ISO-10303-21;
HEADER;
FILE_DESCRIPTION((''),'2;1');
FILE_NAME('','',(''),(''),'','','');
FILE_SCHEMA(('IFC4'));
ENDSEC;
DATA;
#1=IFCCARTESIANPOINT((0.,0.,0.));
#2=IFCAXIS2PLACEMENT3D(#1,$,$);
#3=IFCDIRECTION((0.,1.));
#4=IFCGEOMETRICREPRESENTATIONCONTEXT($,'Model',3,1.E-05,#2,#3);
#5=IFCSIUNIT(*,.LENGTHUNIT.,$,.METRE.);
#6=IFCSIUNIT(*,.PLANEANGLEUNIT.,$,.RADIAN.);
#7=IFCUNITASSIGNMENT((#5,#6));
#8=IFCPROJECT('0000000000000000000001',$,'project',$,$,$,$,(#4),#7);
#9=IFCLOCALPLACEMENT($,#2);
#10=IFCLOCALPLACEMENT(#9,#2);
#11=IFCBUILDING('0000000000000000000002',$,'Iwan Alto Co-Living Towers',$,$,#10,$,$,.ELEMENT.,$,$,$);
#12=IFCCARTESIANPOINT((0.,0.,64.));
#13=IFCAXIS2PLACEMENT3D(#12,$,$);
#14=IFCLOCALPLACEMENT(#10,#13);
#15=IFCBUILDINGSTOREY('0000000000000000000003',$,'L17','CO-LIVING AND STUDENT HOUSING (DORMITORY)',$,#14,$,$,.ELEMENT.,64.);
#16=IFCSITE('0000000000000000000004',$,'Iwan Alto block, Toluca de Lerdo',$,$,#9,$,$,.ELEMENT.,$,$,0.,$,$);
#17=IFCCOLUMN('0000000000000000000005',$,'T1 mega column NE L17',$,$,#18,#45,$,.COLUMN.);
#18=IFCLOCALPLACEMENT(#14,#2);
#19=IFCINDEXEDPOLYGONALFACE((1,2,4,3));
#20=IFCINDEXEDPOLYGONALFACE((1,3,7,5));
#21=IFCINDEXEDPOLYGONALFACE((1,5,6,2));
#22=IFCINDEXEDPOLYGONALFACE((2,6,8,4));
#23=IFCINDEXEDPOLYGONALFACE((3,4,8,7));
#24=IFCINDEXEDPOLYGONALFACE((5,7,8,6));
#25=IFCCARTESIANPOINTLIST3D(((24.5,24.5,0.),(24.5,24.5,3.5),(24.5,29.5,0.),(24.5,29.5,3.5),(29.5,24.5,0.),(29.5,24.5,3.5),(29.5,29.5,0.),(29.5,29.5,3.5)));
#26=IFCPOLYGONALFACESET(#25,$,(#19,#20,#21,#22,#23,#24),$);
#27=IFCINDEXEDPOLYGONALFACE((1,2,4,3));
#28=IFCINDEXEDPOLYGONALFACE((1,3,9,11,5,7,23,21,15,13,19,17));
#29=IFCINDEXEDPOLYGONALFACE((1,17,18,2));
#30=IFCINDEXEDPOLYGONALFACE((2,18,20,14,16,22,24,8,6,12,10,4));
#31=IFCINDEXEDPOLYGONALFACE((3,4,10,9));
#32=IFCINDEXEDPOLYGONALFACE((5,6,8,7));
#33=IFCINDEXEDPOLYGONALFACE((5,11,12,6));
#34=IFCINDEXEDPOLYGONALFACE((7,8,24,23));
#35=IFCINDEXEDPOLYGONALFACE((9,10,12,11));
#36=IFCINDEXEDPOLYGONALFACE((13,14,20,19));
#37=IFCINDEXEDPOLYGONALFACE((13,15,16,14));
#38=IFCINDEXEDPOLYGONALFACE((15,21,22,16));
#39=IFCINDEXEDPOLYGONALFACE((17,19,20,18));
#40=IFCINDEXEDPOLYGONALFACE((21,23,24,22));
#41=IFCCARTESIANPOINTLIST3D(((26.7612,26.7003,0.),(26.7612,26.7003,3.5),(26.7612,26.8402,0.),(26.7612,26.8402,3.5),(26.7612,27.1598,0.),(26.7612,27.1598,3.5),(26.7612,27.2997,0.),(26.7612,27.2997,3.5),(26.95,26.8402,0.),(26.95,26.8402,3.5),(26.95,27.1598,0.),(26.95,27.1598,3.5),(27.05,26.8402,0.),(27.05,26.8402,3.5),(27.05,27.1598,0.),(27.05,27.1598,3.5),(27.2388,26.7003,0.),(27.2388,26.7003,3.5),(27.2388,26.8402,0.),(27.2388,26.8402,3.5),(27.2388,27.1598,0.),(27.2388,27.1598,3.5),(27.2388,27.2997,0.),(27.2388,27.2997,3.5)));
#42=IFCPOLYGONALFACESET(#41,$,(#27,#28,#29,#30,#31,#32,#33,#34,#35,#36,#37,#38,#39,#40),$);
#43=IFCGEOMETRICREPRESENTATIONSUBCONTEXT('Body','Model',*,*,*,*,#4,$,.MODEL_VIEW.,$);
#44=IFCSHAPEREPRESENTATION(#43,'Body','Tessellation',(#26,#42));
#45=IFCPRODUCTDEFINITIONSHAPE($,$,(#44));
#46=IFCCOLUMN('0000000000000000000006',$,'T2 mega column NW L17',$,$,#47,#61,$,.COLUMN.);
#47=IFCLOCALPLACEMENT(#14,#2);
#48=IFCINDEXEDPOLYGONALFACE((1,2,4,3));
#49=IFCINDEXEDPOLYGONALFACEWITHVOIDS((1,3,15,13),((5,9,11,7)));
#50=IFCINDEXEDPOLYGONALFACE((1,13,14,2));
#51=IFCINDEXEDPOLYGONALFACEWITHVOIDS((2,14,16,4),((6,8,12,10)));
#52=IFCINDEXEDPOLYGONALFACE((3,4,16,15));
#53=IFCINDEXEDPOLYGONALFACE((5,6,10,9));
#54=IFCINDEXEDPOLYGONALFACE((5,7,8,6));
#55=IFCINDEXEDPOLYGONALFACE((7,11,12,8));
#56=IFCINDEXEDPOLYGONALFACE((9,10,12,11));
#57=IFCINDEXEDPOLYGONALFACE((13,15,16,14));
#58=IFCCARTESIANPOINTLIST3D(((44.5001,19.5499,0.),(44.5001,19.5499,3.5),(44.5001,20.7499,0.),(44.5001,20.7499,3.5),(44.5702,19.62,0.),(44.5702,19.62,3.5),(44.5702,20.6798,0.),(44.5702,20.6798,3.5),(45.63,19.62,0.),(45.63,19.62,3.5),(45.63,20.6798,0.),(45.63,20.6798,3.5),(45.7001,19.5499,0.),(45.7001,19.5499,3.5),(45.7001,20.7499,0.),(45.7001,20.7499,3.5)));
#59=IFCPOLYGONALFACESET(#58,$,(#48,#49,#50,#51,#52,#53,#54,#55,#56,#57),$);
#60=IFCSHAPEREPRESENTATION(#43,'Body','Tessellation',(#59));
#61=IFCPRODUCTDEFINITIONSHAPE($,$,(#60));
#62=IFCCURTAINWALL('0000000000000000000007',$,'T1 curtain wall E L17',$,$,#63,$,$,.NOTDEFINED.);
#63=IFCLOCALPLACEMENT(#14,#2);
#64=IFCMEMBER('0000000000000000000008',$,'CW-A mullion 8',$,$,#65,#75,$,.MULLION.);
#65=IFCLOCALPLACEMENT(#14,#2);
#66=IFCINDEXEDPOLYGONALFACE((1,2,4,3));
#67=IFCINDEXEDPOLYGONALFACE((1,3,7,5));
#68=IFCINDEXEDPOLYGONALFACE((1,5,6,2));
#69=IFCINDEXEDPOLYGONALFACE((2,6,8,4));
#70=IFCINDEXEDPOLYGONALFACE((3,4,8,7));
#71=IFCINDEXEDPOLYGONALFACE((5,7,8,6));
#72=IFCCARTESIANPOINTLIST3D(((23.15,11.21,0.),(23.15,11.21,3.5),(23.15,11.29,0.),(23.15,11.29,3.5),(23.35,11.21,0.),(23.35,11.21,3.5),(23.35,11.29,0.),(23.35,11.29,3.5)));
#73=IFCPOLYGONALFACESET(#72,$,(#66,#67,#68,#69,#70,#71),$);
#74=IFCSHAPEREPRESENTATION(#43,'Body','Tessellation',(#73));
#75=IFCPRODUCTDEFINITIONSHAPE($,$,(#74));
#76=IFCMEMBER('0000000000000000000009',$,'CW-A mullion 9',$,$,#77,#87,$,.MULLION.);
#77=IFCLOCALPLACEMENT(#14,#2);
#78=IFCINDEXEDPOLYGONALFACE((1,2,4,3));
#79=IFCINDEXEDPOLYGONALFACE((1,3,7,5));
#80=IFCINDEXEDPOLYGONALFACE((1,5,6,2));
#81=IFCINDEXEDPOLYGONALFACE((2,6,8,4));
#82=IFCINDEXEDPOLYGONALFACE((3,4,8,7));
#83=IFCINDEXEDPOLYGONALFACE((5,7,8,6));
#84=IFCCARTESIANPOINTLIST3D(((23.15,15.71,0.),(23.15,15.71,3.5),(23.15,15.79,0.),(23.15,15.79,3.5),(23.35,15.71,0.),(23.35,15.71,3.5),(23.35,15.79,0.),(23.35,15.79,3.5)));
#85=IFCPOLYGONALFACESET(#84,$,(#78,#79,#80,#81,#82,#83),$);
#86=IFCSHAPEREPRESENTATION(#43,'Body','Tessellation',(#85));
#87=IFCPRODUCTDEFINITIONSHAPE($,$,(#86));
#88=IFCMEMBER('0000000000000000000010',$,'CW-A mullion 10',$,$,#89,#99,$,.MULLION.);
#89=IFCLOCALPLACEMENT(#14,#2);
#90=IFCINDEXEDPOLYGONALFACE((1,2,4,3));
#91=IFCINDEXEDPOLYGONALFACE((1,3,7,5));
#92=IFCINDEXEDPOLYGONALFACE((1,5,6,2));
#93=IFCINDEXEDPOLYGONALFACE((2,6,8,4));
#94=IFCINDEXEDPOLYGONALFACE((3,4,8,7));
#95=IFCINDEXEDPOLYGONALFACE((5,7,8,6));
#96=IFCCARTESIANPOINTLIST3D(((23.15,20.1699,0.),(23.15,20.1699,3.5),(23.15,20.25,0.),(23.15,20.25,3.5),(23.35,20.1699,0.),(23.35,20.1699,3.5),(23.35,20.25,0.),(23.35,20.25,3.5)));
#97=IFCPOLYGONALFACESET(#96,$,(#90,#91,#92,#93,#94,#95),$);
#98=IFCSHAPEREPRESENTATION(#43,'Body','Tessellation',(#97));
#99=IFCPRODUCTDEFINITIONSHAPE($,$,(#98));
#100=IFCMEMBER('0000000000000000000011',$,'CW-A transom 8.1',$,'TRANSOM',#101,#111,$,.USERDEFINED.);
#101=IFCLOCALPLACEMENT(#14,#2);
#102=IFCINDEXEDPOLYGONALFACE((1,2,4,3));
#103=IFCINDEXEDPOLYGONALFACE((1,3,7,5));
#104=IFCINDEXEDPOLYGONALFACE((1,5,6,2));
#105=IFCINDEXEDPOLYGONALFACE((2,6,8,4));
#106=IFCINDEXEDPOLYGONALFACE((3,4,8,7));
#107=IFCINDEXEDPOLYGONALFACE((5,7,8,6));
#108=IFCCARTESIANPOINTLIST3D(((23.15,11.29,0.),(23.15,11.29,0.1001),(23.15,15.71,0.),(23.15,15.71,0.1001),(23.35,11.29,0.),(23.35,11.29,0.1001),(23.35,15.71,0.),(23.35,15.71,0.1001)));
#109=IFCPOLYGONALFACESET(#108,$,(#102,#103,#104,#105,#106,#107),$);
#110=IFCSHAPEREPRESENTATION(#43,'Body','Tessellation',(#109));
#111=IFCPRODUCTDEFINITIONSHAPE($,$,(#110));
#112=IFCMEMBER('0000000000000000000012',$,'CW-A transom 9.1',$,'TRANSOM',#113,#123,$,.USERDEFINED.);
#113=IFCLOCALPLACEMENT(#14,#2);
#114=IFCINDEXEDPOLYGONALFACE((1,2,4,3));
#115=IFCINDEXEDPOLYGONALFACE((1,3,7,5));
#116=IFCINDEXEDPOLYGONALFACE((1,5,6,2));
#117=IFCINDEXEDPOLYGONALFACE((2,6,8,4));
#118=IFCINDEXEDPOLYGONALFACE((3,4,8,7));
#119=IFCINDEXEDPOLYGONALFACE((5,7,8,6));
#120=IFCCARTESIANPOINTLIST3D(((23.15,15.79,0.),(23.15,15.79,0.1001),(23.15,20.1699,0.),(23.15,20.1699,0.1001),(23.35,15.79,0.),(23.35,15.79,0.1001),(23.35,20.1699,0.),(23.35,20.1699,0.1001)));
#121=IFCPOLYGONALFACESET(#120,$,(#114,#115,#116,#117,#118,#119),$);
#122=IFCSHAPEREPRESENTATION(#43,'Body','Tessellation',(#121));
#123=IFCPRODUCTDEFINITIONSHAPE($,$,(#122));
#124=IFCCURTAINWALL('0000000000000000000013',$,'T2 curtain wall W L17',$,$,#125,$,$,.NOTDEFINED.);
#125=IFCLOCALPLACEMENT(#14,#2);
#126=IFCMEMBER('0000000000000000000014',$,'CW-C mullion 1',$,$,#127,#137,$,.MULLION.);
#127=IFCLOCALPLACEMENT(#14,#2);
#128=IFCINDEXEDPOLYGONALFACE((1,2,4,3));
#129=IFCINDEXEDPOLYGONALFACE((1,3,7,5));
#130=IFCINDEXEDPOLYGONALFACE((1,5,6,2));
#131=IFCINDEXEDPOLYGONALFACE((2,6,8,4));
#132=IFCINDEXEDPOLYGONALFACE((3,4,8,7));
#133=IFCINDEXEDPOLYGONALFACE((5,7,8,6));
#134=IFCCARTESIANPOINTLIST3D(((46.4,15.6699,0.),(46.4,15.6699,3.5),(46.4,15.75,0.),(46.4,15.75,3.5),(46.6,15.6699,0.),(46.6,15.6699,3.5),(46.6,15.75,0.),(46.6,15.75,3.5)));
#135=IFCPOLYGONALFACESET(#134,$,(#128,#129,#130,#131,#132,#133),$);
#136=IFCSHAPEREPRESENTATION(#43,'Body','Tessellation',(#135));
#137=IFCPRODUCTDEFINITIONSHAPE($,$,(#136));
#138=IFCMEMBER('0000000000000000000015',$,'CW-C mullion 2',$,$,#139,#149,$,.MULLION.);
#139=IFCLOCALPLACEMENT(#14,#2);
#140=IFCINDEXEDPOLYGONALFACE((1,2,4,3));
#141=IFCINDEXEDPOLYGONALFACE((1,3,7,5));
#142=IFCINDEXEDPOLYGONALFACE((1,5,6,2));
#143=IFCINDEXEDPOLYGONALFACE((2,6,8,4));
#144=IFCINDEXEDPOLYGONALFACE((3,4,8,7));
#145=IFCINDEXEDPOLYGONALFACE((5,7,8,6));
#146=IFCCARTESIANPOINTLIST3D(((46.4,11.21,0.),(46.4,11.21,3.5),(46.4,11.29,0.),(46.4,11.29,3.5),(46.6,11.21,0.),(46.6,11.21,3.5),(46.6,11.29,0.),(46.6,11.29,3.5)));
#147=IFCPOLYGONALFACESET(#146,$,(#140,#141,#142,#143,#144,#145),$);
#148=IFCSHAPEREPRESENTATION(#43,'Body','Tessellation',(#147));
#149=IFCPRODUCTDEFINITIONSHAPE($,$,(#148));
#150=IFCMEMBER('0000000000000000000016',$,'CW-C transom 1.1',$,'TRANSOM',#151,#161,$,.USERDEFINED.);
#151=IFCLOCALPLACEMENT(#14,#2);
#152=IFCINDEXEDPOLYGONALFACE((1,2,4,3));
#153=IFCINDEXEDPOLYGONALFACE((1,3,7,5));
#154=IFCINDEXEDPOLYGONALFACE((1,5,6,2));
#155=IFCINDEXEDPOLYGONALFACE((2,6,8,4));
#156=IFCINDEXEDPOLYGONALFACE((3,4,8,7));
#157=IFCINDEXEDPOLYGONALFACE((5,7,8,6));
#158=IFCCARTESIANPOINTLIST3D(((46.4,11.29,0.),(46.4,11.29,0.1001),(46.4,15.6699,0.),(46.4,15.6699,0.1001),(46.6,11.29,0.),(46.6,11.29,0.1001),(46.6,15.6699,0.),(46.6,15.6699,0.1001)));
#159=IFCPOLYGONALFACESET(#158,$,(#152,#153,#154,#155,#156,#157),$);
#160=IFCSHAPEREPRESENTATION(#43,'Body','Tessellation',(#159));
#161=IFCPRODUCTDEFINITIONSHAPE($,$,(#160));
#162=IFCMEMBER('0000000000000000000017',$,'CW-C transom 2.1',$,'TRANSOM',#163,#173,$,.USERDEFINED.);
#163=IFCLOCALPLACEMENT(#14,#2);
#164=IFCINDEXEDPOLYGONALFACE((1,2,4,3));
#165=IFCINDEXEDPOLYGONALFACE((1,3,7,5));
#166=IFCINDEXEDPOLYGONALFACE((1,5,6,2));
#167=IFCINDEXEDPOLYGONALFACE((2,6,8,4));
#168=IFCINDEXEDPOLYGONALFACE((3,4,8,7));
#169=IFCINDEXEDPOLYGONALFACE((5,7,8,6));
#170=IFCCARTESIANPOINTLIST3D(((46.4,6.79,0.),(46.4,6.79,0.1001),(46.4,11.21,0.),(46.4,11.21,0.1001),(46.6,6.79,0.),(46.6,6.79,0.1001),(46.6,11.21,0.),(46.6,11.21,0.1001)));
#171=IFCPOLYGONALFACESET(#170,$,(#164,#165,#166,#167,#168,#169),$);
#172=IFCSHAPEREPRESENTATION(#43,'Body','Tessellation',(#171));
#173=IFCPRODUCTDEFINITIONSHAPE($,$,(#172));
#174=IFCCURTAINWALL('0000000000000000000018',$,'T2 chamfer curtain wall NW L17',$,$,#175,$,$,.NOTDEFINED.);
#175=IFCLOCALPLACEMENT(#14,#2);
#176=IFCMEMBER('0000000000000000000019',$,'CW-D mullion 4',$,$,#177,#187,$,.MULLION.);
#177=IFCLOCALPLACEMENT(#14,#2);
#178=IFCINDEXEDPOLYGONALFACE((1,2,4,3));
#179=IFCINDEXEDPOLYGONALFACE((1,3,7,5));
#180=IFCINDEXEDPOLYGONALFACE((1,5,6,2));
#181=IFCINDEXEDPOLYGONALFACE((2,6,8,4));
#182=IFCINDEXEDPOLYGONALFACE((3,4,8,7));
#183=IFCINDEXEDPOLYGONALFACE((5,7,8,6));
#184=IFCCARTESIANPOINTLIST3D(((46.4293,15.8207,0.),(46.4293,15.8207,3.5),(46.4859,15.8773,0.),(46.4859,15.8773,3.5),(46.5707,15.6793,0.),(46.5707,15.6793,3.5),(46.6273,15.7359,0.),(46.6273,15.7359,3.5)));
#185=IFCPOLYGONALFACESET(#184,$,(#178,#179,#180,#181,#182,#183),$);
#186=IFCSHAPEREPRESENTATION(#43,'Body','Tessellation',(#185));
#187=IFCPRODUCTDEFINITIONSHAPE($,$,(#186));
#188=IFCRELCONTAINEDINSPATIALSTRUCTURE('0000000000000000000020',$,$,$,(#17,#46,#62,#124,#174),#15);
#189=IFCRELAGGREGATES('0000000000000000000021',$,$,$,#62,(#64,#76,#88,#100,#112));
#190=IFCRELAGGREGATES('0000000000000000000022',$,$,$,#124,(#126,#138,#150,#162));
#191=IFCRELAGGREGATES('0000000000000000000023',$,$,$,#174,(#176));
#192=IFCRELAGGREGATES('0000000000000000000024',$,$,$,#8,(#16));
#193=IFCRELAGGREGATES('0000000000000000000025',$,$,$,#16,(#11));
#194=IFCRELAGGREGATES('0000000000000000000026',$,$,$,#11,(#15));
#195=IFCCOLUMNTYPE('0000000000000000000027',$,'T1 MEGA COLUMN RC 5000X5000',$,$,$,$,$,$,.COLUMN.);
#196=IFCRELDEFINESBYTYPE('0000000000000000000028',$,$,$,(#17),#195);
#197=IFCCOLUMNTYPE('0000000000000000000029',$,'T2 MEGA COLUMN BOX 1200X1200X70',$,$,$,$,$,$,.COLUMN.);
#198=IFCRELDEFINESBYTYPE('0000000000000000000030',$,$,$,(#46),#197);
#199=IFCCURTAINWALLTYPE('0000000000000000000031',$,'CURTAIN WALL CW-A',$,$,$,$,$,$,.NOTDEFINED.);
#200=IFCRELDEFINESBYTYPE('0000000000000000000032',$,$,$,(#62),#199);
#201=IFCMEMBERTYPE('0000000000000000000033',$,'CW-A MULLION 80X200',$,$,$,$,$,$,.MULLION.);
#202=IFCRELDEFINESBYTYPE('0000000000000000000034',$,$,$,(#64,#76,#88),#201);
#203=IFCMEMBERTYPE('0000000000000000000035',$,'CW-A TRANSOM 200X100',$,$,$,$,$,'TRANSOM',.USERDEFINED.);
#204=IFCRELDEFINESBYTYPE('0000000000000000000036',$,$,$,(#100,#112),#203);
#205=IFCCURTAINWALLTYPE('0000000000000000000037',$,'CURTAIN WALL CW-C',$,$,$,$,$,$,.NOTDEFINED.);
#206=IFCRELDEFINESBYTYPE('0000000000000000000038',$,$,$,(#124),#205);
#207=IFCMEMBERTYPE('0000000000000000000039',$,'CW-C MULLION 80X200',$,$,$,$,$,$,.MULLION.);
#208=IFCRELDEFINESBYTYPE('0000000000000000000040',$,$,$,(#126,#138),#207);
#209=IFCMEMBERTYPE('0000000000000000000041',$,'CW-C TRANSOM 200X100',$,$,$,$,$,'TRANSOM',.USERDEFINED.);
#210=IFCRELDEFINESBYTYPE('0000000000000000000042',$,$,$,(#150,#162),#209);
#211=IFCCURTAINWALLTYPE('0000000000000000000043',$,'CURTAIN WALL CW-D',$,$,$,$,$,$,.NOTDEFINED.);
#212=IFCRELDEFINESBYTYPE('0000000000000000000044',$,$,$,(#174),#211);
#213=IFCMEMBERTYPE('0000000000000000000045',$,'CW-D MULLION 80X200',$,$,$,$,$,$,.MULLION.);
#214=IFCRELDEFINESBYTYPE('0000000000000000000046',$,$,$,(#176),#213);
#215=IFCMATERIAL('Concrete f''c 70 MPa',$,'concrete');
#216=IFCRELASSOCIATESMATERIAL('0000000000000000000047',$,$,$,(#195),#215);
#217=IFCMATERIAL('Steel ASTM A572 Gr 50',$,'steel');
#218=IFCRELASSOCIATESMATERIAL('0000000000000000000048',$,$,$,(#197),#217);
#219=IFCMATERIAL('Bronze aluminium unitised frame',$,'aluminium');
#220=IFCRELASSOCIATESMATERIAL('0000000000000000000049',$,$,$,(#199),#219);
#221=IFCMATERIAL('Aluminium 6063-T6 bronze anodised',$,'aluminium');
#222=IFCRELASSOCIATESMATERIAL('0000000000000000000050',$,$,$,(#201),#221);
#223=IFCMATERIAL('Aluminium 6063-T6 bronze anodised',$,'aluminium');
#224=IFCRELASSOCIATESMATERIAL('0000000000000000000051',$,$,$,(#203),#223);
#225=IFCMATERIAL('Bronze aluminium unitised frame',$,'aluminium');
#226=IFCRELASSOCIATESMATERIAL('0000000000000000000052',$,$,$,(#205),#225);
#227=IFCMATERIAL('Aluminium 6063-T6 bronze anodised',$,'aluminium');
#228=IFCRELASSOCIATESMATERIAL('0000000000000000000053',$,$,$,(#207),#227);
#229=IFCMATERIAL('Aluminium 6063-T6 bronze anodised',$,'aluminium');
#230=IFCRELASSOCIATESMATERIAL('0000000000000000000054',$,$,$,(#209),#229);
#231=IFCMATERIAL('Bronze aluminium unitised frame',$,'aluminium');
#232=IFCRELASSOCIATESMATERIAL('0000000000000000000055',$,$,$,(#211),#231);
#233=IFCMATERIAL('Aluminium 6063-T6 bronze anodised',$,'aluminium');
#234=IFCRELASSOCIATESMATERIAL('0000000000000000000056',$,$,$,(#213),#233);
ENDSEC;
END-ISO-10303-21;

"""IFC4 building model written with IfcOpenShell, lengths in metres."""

from ifc_helpers import new_model, si_unit, direction, frame, origin, origin_2d, place, context, subcontext, project, spatial, rectangle, hollow_rectangle, i_section, extrude, material, material_profile, profile_set, type_object, element, aggregate, save


model = new_model("IFC4")

# Units and contexts
model_context = context("Model", 3, precision=1e-05, world=origin(), true_north=direction((0.0, 1.0)))
body_context = subcontext(model_context, "Body", "Model", "MODEL_VIEW")
ifc_project = project(units=[si_unit("LENGTHUNIT", "METRE"), si_unit("PLANEANGLEUNIT", "RADIAN")], contexts=[model_context])

# Site, building, storey
site_placement = place(None, origin())
site = spatial("IfcSite", under=ifc_project, at=site_placement, Name="Iwan Alto block, Toluca de Lerdo", CompositionType="ELEMENT", RefElevation=0.0)
building_placement = place(site_placement, origin())
building = spatial("IfcBuilding", under=site, at=building_placement, Name="Iwan Alto Co-Living Towers", CompositionType="ELEMENT")
storey_placement = place(building_placement, frame((0.0, 0.0, 64.0)))
storey = spatial("IfcBuildingStorey", under=building, at=storey_placement, Name="L17", Description="CO-LIVING AND STUDENT HOUSING (DORMITORY)", CompositionType="ELEMENT", Elevation=64.0)

# Columns
ifc_material_1 = material(Name="Concrete f'c 70 MPa", Category="concrete")
ifc_material_profile_1 = material_profile(ifc_material_1, rectangle(XDim=5.0, YDim=5.0, at=origin_2d()), Name="RC 5000X5000")
ifc_profile_set_1 = profile_set([ifc_material_profile_1], Name="Concrete f'c 70 MPa")
column_type_1 = type_object("IfcColumnType", Name="T1 MEGA COLUMN RC 5000X5000", PredefinedType="COLUMN", material=ifc_profile_set_1)
column_1_placement = place(storey_placement, frame((27.0, 27.0, 0.0), z_axis=(0.0, 0.0, 1.0), x_axis=(1.0, 0.0, 0.0)))
element("IfcColumn", 1, at=column_1_placement, inside=storey, type_object=column_type_1, Name="T1 mega column NE L17", PredefinedType="COLUMN", context=body_context, shape_type="SweptSolid", body=[
    extrude(rectangle(XDim=5.0, YDim=5.0, at=origin_2d()), origin(), (0.0, 0.0, 1.0), 3.5),
    extrude(i_section(OverallWidth=0.4775, OverallDepth=0.5994, WebThickness=0.1001, FlangeThickness=0.1399, at=origin_2d()), origin(), (0.0, 0.0, 1.0), 3.5),
])
ifc_material_2 = material(Name="Steel ASTM A572 Gr 50", Category="steel")
ifc_material_profile_2 = material_profile(ifc_material_2, hollow_rectangle(XDim=1.2, YDim=1.2, WallThickness=0.0701, at=origin_2d()), Name="BOX 1200X1200X70")
ifc_profile_set_2 = profile_set([ifc_material_profile_2], Name="Steel ASTM A572 Gr 50")
column_type_2 = type_object("IfcColumnType", Name="T2 MEGA COLUMN BOX 1200X1200X70", PredefinedType="COLUMN", material=ifc_profile_set_2)
column_2_placement = place(storey_placement, frame((45.1001, 20.1499, 0.0), z_axis=(0.0, 0.0, 1.0), x_axis=(1.0, 0.0, 0.0)))
element("IfcColumn", 2, at=column_2_placement, inside=storey, type_object=column_type_2, Name="T2 mega column NW L17", PredefinedType="COLUMN", context=body_context, shape_type="SweptSolid", body=[
    extrude(hollow_rectangle(XDim=1.2, YDim=1.2, WallThickness=0.0701, at=origin_2d()), origin(), (0.0, 0.0, 1.0), 3.5),
])

# Curtain walls, members
ifc_material_3 = material(Name="Bronze aluminium unitised frame", Category="aluminium")
curtain_wall_type_1 = type_object("IfcCurtainWallType", Name="CURTAIN WALL CW-A", PredefinedType="NOTDEFINED", material=ifc_material_3)
curtain_wall_1_placement = place(storey_placement, origin())
curtain_wall_1 = element("IfcCurtainWall", 3, at=curtain_wall_1_placement, inside=storey, type_object=curtain_wall_type_1, Name="T1 curtain wall E L17", PredefinedType="NOTDEFINED")
ifc_material_4 = material(Name="Aluminium 6063-T6 bronze anodised", Category="aluminium")
ifc_material_profile_3 = material_profile(ifc_material_4, rectangle(XDim=0.2, YDim=0.0801, at=origin_2d()), Name="AL 80X200")
ifc_profile_set_3 = profile_set([ifc_material_profile_3], Name="Aluminium 6063-T6 bronze anodised")
member_type_1 = type_object("IfcMemberType", Name="CW-A MULLION 80X200", PredefinedType="MULLION", material=ifc_profile_set_3)
member_1_placement = place(storey_placement, frame((23.25, 11.25, 0.0), z_axis=(0.0, 0.0, 1.0), x_axis=(-1.0, 0.0, 0.0)))
member_1 = element("IfcMember", 4, at=member_1_placement, type_object=member_type_1, Name="CW-A mullion 8", PredefinedType="MULLION", context=body_context, shape_type="SweptSolid", body=[
    extrude(rectangle(XDim=0.2, YDim=0.0801, at=origin_2d()), origin(), (0.0, 0.0, 1.0), 3.5),
])
member_2_placement = place(storey_placement, frame((23.25, 15.75, 0.0), z_axis=(0.0, 0.0, 1.0), x_axis=(-1.0, 0.0, 0.0)))
member_2 = element("IfcMember", 5, at=member_2_placement, type_object=member_type_1, Name="CW-A mullion 9", PredefinedType="MULLION", context=body_context, shape_type="SweptSolid", body=[
    extrude(rectangle(XDim=0.2, YDim=0.0801, at=origin_2d()), origin(), (0.0, 0.0, 1.0), 3.5),
])
member_3_placement = place(storey_placement, frame((23.25, 20.21, 0.0), z_axis=(0.0, 0.0, 1.0), x_axis=(-1.0, 0.0, 0.0)))
member_3 = element("IfcMember", 6, at=member_3_placement, type_object=member_type_1, Name="CW-A mullion 10", PredefinedType="MULLION", context=body_context, shape_type="SweptSolid", body=[
    extrude(rectangle(XDim=0.2, YDim=0.0801, at=origin_2d()), origin(), (0.0, 0.0, 1.0), 3.5),
])
ifc_material_5 = material(Name="Aluminium 6063-T6 bronze anodised", Category="aluminium")
ifc_material_profile_4 = material_profile(ifc_material_5, rectangle(XDim=0.2, YDim=0.1001, at=origin_2d()), Name="AL 200X100")
ifc_profile_set_4 = profile_set([ifc_material_profile_4], Name="Aluminium 6063-T6 bronze anodised")
member_type_2 = type_object("IfcMemberType", Name="CW-A TRANSOM 200X100", ElementType="TRANSOM", PredefinedType="USERDEFINED", material=ifc_profile_set_4)
member_4_placement = place(storey_placement, frame((23.25, 11.29, 0.05), z_axis=(0.0, 1.0, 0.0), x_axis=(-1.0, 0.0, 0.0)))
member_4 = element("IfcMember", 7, at=member_4_placement, type_object=member_type_2, Name="CW-A transom 8.1", ObjectType="TRANSOM", PredefinedType="USERDEFINED", context=body_context, shape_type="SweptSolid", body=[
    extrude(rectangle(XDim=0.2, YDim=0.1001, at=origin_2d()), origin(), (0.0, 0.0, 1.0), 4.4199),
])
member_5_placement = place(storey_placement, frame((23.25, 15.79, 0.05), z_axis=(0.0, 1.0, 0.0), x_axis=(-1.0, 0.0, 0.0)))
member_5 = element("IfcMember", 8, at=member_5_placement, type_object=member_type_2, Name="CW-A transom 9.1", ObjectType="TRANSOM", PredefinedType="USERDEFINED", context=body_context, shape_type="SweptSolid", body=[
    extrude(rectangle(XDim=0.2, YDim=0.1001, at=origin_2d()), origin(), (0.0, 0.0, 1.0), 4.3799),
])
ifc_material_6 = material(Name="Bronze aluminium unitised frame", Category="aluminium")
curtain_wall_type_2 = type_object("IfcCurtainWallType", Name="CURTAIN WALL CW-C", PredefinedType="NOTDEFINED", material=ifc_material_6)
curtain_wall_2_placement = place(storey_placement, origin())
curtain_wall_2 = element("IfcCurtainWall", 9, at=curtain_wall_2_placement, inside=storey, type_object=curtain_wall_type_2, Name="T2 curtain wall W L17", PredefinedType="NOTDEFINED")
ifc_material_7 = material(Name="Aluminium 6063-T6 bronze anodised", Category="aluminium")
ifc_material_profile_5 = material_profile(ifc_material_7, rectangle(XDim=0.2, YDim=0.0801, at=origin_2d()), Name="AL 80X200")
ifc_profile_set_5 = profile_set([ifc_material_profile_5], Name="Aluminium 6063-T6 bronze anodised")
member_type_3 = type_object("IfcMemberType", Name="CW-C MULLION 80X200", PredefinedType="MULLION", material=ifc_profile_set_5)
member_6_placement = place(storey_placement, frame((46.5, 15.71, 0.0), z_axis=(0.0, 0.0, 1.0), x_axis=(1.0, 0.0, 0.0)))
member_6 = element("IfcMember", 10, at=member_6_placement, type_object=member_type_3, Name="CW-C mullion 1", PredefinedType="MULLION", context=body_context, shape_type="SweptSolid", body=[
    extrude(rectangle(XDim=0.2, YDim=0.0801, at=origin_2d()), origin(), (0.0, 0.0, 1.0), 3.5),
])
member_7_placement = place(storey_placement, frame((46.5, 11.25, 0.0), z_axis=(0.0, 0.0, 1.0), x_axis=(1.0, 0.0, 0.0)))
member_7 = element("IfcMember", 11, at=member_7_placement, type_object=member_type_3, Name="CW-C mullion 2", PredefinedType="MULLION", context=body_context, shape_type="SweptSolid", body=[
    extrude(rectangle(XDim=0.2, YDim=0.0801, at=origin_2d()), origin(), (0.0, 0.0, 1.0), 3.5),
])
ifc_material_8 = material(Name="Aluminium 6063-T6 bronze anodised", Category="aluminium")
ifc_material_profile_6 = material_profile(ifc_material_8, rectangle(XDim=0.2, YDim=0.1001, at=origin_2d()), Name="AL 200X100")
ifc_profile_set_6 = profile_set([ifc_material_profile_6], Name="Aluminium 6063-T6 bronze anodised")
member_type_4 = type_object("IfcMemberType", Name="CW-C TRANSOM 200X100", ElementType="TRANSOM", PredefinedType="USERDEFINED", material=ifc_profile_set_6)
member_8_placement = place(storey_placement, frame((46.5, 15.6699, 0.05), z_axis=(0.0, -1.0, 0.0), x_axis=(1.0, 0.0, 0.0)))
member_8 = element("IfcMember", 12, at=member_8_placement, type_object=member_type_4, Name="CW-C transom 1.1", ObjectType="TRANSOM", PredefinedType="USERDEFINED", context=body_context, shape_type="SweptSolid", body=[
    extrude(rectangle(XDim=0.2, YDim=0.1001, at=origin_2d()), origin(), (0.0, 0.0, 1.0), 4.3799),
])
member_9_placement = place(storey_placement, frame((46.5, 11.21, 0.05), z_axis=(0.0, -1.0, 0.0), x_axis=(1.0, 0.0, 0.0)))
member_9 = element("IfcMember", 13, at=member_9_placement, type_object=member_type_4, Name="CW-C transom 2.1", ObjectType="TRANSOM", PredefinedType="USERDEFINED", context=body_context, shape_type="SweptSolid", body=[
    extrude(rectangle(XDim=0.2, YDim=0.1001, at=origin_2d()), origin(), (0.0, 0.0, 1.0), 4.4199),
])

# Curtain wall, member
ifc_material_9 = material(Name="Bronze aluminium unitised frame", Category="aluminium")
curtain_wall_type_3 = type_object("IfcCurtainWallType", Name="CURTAIN WALL CW-D", PredefinedType="NOTDEFINED", material=ifc_material_9)
curtain_wall_3_placement = place(storey_placement, origin())
curtain_wall_3 = element("IfcCurtainWall", 14, at=curtain_wall_3_placement, inside=storey, type_object=curtain_wall_type_3, Name="T2 chamfer curtain wall NW L17", PredefinedType="NOTDEFINED")
ifc_material_10 = material(Name="Aluminium 6063-T6 bronze anodised", Category="aluminium")
ifc_material_profile_7 = material_profile(ifc_material_10, rectangle(XDim=0.2, YDim=0.0801, at=origin_2d()), Name="AL 80X200")
ifc_profile_set_7 = profile_set([ifc_material_profile_7], Name="Aluminium 6063-T6 bronze anodised")
member_type_5 = type_object("IfcMemberType", Name="CW-D MULLION 80X200", PredefinedType="MULLION", material=ifc_profile_set_7)
member_10_placement = place(storey_placement, frame((46.5283, 15.7783, 0.0), z_axis=(0.0, 0.0, 1.0), x_axis=(0.707107, -0.707107, 0.0)))
member_10 = element("IfcMember", 15, at=member_10_placement, type_object=member_type_5, Name="CW-D mullion 4", PredefinedType="MULLION", context=body_context, shape_type="SweptSolid", body=[
    extrude(rectangle(XDim=0.2, YDim=0.0801, at=origin_2d()), origin(), (0.0, 0.0, 1.0), 3.5),
])

aggregate(curtain_wall_1, [member_1, member_2, member_3, member_4, member_5])
aggregate(curtain_wall_2, [member_6, member_7, member_8, member_9])
aggregate(curtain_wall_3, [member_10])

save(model, "model.ifc")
